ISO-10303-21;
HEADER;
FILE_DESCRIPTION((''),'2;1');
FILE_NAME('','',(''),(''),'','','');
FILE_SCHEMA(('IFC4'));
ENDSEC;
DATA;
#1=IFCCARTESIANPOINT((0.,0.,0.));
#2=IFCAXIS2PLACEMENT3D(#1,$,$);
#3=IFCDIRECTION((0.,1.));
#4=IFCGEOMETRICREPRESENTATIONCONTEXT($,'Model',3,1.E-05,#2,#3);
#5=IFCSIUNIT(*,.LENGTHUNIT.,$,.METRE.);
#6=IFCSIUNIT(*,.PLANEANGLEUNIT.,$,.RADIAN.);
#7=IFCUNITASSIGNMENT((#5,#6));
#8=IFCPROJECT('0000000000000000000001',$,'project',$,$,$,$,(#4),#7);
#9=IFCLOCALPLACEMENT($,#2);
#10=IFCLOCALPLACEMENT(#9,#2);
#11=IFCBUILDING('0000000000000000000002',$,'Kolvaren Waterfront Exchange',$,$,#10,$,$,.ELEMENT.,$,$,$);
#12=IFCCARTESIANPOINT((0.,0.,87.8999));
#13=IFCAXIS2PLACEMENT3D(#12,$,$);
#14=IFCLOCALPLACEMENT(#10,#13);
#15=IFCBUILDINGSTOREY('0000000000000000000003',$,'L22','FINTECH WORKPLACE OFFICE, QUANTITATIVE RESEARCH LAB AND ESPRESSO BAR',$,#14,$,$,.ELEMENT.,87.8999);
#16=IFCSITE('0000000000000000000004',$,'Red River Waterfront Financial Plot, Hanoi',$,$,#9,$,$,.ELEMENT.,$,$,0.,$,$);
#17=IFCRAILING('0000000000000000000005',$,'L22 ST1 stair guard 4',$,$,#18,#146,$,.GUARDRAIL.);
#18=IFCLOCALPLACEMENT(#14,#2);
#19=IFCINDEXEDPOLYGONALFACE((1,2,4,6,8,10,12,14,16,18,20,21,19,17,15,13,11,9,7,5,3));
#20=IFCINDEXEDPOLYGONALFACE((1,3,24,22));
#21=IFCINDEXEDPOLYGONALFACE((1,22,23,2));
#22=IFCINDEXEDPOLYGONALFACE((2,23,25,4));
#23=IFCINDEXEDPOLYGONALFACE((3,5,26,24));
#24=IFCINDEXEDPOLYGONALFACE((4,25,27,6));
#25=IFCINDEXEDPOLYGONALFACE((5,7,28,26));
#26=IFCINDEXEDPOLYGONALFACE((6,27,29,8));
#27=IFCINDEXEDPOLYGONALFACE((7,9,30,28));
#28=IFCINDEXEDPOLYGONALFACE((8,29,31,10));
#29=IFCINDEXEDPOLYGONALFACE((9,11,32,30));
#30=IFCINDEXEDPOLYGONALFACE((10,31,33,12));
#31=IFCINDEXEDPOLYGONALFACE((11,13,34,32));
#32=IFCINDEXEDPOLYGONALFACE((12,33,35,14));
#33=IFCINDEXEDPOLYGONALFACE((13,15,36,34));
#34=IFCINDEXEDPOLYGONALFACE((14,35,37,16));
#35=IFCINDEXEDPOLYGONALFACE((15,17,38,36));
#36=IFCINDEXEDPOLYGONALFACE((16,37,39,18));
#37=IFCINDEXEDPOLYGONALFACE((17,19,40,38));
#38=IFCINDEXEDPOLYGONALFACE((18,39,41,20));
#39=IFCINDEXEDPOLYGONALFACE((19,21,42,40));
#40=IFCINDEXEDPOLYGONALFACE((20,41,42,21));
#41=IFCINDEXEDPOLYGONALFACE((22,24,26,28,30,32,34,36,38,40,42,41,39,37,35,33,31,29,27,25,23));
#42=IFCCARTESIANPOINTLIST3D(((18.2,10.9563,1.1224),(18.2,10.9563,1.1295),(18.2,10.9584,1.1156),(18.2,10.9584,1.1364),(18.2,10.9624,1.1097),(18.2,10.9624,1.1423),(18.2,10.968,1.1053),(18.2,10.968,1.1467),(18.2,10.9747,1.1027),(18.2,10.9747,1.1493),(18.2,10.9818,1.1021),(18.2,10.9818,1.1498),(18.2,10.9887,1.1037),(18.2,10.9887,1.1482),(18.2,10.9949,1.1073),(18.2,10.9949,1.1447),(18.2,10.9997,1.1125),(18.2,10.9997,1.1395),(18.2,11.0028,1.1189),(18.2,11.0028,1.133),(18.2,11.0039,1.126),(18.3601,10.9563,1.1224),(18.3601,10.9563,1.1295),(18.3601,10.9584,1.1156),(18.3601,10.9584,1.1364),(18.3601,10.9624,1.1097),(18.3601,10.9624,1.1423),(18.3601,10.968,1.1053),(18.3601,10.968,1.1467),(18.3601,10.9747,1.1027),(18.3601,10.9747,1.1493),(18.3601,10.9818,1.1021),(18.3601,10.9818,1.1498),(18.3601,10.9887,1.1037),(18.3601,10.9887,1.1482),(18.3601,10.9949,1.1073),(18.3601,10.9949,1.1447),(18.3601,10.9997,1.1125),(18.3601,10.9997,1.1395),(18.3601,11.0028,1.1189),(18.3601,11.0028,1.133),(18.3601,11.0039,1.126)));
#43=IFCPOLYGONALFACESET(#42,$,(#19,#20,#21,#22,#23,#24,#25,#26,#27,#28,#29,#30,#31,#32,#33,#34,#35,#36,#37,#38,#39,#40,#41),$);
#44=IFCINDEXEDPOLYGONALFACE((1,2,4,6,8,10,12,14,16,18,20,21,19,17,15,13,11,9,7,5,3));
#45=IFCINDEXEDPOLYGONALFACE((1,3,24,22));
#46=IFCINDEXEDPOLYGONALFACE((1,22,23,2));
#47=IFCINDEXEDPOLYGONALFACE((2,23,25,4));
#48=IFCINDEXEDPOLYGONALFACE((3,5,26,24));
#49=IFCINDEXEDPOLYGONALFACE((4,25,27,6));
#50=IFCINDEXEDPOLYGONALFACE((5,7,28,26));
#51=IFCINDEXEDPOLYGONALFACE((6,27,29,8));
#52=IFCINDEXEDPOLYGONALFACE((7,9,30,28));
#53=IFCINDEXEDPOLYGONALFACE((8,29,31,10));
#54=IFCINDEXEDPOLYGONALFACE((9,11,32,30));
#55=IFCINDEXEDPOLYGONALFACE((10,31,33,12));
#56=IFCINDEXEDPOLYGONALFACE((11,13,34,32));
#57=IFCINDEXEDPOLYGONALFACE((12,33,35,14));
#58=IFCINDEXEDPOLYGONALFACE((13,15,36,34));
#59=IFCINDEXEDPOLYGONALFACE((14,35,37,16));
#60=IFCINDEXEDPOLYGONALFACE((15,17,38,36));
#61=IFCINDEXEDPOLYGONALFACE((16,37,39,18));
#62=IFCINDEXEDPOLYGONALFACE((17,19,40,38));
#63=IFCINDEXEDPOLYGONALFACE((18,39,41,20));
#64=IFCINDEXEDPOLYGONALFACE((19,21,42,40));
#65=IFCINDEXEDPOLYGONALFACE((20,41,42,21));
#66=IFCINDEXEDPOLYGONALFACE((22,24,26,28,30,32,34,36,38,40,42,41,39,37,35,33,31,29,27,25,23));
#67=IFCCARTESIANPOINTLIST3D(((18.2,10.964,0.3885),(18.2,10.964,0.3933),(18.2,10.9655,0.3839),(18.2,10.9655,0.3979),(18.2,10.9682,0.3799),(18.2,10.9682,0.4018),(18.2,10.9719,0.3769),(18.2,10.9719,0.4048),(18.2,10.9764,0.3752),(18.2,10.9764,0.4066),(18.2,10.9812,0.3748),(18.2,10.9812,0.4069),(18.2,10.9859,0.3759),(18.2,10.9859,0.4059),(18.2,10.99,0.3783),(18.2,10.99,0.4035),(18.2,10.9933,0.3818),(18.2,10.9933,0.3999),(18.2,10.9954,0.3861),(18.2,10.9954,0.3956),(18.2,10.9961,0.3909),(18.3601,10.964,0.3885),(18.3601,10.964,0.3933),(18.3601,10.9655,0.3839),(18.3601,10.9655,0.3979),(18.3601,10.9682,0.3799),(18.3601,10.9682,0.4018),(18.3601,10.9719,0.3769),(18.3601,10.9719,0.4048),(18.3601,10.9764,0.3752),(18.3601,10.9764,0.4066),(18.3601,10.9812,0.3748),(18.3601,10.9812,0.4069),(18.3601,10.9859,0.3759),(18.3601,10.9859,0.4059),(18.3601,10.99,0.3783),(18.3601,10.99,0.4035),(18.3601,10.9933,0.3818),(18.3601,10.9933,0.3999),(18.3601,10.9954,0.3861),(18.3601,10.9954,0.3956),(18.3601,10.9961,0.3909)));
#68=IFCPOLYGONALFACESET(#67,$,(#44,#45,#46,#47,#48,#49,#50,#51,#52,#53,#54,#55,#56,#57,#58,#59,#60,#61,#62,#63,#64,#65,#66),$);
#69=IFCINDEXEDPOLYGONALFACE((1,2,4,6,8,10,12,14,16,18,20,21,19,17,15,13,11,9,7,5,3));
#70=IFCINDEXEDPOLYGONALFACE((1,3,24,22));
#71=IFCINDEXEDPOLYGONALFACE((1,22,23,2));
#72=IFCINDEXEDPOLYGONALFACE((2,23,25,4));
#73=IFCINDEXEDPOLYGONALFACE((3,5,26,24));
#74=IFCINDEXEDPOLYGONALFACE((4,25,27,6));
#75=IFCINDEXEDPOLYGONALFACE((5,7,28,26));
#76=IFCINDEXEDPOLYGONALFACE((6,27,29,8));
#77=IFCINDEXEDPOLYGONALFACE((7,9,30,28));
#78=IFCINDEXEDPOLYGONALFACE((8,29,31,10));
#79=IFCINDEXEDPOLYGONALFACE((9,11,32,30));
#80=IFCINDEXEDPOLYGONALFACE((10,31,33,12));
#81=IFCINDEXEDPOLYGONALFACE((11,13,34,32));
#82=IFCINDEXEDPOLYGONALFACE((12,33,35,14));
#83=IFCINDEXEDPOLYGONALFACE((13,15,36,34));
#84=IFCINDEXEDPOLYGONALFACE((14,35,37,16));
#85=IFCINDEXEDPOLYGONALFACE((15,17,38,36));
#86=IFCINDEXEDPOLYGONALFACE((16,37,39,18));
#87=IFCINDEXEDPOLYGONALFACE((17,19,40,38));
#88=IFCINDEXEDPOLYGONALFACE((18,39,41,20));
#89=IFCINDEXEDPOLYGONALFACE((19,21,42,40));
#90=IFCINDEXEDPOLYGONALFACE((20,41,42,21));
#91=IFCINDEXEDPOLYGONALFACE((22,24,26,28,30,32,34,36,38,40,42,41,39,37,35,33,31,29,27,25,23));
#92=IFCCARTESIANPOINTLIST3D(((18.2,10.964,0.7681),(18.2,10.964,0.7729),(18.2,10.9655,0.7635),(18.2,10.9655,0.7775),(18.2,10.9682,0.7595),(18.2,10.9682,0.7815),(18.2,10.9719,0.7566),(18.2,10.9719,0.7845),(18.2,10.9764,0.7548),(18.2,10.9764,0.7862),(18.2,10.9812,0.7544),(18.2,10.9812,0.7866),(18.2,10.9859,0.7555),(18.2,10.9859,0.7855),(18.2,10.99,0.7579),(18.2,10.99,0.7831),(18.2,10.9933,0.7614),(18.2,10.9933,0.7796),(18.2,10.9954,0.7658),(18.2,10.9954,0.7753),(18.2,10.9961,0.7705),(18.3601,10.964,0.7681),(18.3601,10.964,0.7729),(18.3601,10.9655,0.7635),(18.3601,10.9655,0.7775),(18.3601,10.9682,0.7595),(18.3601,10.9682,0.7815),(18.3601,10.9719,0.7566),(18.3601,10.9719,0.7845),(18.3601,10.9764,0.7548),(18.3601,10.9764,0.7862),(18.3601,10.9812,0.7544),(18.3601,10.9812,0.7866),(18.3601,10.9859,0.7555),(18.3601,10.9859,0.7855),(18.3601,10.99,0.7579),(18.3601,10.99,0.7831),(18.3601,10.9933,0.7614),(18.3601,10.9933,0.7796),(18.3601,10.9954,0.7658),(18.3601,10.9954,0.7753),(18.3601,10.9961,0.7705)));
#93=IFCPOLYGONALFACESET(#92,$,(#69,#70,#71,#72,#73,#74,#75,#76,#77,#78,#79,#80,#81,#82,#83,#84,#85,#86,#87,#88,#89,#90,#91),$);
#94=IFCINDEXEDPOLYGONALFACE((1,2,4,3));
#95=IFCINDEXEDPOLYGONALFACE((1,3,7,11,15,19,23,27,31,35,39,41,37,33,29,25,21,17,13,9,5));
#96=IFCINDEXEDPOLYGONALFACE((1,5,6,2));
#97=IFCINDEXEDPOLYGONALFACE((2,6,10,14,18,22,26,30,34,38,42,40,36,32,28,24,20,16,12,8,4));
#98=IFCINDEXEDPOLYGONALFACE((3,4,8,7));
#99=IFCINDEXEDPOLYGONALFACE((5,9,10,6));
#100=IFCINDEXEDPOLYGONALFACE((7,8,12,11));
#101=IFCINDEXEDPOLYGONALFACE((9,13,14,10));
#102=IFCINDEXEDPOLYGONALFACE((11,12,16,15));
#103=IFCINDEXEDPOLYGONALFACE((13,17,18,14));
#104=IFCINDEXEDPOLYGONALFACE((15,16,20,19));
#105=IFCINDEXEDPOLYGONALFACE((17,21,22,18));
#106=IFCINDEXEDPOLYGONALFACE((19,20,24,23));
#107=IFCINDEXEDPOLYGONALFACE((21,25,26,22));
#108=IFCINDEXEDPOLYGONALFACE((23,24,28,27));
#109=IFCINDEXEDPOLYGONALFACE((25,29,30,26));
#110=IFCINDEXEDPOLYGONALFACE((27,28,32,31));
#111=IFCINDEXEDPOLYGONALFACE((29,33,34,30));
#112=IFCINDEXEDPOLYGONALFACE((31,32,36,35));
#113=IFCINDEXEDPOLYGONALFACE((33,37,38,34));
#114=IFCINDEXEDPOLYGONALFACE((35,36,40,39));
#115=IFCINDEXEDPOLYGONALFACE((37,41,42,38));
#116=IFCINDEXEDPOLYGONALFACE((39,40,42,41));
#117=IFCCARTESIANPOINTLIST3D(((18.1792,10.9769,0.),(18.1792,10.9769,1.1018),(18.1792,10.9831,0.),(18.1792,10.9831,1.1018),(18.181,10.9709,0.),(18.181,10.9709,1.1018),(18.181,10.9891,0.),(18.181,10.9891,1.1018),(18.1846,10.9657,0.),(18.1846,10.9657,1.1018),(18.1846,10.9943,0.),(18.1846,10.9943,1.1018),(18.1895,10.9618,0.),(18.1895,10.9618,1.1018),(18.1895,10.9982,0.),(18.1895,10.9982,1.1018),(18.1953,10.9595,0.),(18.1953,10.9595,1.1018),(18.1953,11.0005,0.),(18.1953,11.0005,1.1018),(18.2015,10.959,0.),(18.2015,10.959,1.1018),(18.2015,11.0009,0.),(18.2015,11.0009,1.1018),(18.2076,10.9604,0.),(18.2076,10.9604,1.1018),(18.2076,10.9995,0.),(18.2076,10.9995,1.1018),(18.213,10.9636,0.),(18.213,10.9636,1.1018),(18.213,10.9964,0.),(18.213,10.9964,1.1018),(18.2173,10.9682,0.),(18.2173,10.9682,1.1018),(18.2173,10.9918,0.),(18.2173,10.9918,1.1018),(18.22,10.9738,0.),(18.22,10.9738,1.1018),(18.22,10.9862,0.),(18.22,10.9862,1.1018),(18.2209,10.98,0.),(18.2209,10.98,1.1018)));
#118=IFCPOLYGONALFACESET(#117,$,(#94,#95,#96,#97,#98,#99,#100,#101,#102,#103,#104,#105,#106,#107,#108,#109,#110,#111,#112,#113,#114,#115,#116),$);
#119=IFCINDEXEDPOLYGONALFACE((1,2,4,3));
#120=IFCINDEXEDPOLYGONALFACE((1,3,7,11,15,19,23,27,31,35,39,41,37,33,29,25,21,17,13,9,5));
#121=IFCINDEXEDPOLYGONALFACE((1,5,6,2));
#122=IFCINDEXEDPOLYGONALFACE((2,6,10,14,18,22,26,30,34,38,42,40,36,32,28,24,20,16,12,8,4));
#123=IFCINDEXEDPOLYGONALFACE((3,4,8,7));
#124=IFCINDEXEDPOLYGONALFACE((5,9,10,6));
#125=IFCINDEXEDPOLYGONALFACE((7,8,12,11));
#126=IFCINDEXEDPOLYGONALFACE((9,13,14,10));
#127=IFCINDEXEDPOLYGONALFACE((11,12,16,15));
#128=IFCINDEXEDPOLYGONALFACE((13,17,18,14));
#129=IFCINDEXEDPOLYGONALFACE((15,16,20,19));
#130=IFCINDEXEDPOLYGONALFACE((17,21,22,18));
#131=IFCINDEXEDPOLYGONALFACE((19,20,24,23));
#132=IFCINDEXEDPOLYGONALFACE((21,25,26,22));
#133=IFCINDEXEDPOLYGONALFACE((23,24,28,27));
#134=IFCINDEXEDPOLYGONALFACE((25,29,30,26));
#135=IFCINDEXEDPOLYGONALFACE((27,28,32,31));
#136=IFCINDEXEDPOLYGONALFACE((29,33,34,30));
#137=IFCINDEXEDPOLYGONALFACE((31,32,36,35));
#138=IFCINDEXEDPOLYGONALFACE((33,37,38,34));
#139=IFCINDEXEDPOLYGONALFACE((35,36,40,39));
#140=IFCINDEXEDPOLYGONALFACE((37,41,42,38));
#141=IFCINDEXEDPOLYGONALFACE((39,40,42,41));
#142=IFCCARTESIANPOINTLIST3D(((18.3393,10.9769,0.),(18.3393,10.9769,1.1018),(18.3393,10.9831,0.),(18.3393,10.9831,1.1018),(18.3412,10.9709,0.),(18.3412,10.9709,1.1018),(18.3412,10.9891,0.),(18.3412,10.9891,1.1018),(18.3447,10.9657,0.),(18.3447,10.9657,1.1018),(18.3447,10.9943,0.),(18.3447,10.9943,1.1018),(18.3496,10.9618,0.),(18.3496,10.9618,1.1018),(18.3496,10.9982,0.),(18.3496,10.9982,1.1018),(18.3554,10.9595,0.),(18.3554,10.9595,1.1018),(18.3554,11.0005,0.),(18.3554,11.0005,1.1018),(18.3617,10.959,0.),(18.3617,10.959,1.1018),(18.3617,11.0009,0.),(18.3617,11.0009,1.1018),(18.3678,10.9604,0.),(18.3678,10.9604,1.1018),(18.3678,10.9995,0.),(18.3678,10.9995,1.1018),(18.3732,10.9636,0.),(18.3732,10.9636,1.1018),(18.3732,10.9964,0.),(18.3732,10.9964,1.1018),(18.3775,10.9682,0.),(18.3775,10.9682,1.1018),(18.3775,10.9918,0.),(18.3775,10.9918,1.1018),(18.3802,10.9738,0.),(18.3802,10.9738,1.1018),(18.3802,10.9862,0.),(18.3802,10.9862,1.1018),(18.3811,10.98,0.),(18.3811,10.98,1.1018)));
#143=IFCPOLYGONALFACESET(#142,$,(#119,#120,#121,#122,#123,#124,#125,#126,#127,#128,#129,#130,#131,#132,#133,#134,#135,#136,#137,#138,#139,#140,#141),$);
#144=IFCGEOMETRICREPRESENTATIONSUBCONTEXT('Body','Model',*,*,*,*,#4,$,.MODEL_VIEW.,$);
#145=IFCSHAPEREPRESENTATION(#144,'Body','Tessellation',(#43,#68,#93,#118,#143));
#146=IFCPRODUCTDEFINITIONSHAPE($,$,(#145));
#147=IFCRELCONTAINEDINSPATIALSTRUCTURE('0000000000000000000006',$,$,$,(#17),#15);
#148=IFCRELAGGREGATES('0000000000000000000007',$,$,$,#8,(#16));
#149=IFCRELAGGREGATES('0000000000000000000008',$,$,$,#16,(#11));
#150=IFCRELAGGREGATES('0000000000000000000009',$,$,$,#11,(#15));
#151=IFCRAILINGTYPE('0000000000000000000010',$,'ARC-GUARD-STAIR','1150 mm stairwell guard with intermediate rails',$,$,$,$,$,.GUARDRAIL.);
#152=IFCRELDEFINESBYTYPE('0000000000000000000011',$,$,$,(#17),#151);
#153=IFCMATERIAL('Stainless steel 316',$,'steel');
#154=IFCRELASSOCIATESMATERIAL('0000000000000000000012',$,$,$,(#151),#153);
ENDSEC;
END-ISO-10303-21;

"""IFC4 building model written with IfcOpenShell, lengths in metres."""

from ifc_helpers import new_model, si_unit, direction, frame, origin, origin_2d, place, context, subcontext, project, spatial, circle, extrude, material, type_object, element, save


model = new_model("IFC4")

# Units and contexts
model_context = context("Model", 3, precision=1e-05, world=origin(), true_north=direction((0.0, 1.0)))
body_context = subcontext(model_context, "Body", "Model", "MODEL_VIEW")
ifc_project = project(units=[si_unit("LENGTHUNIT", "METRE"), si_unit("PLANEANGLEUNIT", "RADIAN")], contexts=[model_context])

# Site, building, storey
site_placement = place(None, origin())
site = spatial("IfcSite", under=ifc_project, at=site_placement, Name="Red River Waterfront Financial Plot, Hanoi", CompositionType="ELEMENT", RefElevation=0.0)
building_placement = place(site_placement, origin())
building = spatial("IfcBuilding", under=site, at=building_placement, Name="Kolvaren Waterfront Exchange", CompositionType="ELEMENT")
storey_placement = place(building_placement, frame((0.0, 0.0, 87.8999)))
storey = spatial("IfcBuildingStorey", under=building, at=storey_placement, Name="L22", Description="FINTECH WORKPLACE OFFICE, QUANTITATIVE RESEARCH LAB AND ESPRESSO BAR", CompositionType="ELEMENT", Elevation=87.8999)

# Railing
ifc_material_1 = material(Name="Stainless steel 316", Category="steel")
railing_type_1 = type_object("IfcRailingType", Name="ARC-GUARD-STAIR", Description="1150 mm stairwell guard with intermediate rails", PredefinedType="GUARDRAIL", material=ifc_material_1)
railing_1_placement = place(storey_placement, frame((18.2, 10.98, 0.0)))
element("IfcRailing", 1, at=railing_1_placement, inside=storey, type_object=railing_type_1, Name="L22 ST1 stair guard 4", PredefinedType="GUARDRAIL", context=body_context, shape_type="SweptSolid", body=[
    extrude(circle(Radius=0.0239, at=origin_2d()), frame((0.0, 0.0, 1.126), z_axis=(1.0, 0.0, 0.0), x_axis=(0.0, 1.0, 0.0)), (0.0, 0.0, 1.0), 0.1602),
    extrude(circle(Radius=0.0161, at=origin_2d()), frame((0.0, 0.0, 0.3909), z_axis=(1.0, 0.0, 0.0), x_axis=(0.0, 1.0, 0.0)), (0.0, 0.0, 1.0), 0.1602),
    extrude(circle(Radius=0.0161, at=origin_2d()), frame((0.0, 0.0, 0.7705), z_axis=(1.0, 0.0, 0.0), x_axis=(0.0, 1.0, 0.0)), (0.0, 0.0, 1.0), 0.1602),
    extrude(circle(Radius=0.021, at=origin_2d()), origin(), (0.0, 0.0, 1.0), 1.1018),
    extrude(circle(Radius=0.021, at=origin_2d()), frame((0.1602, 0.0, 0.0)), (0.0, 0.0, 1.0), 1.1018),
])

save(model, "model.ifc")
